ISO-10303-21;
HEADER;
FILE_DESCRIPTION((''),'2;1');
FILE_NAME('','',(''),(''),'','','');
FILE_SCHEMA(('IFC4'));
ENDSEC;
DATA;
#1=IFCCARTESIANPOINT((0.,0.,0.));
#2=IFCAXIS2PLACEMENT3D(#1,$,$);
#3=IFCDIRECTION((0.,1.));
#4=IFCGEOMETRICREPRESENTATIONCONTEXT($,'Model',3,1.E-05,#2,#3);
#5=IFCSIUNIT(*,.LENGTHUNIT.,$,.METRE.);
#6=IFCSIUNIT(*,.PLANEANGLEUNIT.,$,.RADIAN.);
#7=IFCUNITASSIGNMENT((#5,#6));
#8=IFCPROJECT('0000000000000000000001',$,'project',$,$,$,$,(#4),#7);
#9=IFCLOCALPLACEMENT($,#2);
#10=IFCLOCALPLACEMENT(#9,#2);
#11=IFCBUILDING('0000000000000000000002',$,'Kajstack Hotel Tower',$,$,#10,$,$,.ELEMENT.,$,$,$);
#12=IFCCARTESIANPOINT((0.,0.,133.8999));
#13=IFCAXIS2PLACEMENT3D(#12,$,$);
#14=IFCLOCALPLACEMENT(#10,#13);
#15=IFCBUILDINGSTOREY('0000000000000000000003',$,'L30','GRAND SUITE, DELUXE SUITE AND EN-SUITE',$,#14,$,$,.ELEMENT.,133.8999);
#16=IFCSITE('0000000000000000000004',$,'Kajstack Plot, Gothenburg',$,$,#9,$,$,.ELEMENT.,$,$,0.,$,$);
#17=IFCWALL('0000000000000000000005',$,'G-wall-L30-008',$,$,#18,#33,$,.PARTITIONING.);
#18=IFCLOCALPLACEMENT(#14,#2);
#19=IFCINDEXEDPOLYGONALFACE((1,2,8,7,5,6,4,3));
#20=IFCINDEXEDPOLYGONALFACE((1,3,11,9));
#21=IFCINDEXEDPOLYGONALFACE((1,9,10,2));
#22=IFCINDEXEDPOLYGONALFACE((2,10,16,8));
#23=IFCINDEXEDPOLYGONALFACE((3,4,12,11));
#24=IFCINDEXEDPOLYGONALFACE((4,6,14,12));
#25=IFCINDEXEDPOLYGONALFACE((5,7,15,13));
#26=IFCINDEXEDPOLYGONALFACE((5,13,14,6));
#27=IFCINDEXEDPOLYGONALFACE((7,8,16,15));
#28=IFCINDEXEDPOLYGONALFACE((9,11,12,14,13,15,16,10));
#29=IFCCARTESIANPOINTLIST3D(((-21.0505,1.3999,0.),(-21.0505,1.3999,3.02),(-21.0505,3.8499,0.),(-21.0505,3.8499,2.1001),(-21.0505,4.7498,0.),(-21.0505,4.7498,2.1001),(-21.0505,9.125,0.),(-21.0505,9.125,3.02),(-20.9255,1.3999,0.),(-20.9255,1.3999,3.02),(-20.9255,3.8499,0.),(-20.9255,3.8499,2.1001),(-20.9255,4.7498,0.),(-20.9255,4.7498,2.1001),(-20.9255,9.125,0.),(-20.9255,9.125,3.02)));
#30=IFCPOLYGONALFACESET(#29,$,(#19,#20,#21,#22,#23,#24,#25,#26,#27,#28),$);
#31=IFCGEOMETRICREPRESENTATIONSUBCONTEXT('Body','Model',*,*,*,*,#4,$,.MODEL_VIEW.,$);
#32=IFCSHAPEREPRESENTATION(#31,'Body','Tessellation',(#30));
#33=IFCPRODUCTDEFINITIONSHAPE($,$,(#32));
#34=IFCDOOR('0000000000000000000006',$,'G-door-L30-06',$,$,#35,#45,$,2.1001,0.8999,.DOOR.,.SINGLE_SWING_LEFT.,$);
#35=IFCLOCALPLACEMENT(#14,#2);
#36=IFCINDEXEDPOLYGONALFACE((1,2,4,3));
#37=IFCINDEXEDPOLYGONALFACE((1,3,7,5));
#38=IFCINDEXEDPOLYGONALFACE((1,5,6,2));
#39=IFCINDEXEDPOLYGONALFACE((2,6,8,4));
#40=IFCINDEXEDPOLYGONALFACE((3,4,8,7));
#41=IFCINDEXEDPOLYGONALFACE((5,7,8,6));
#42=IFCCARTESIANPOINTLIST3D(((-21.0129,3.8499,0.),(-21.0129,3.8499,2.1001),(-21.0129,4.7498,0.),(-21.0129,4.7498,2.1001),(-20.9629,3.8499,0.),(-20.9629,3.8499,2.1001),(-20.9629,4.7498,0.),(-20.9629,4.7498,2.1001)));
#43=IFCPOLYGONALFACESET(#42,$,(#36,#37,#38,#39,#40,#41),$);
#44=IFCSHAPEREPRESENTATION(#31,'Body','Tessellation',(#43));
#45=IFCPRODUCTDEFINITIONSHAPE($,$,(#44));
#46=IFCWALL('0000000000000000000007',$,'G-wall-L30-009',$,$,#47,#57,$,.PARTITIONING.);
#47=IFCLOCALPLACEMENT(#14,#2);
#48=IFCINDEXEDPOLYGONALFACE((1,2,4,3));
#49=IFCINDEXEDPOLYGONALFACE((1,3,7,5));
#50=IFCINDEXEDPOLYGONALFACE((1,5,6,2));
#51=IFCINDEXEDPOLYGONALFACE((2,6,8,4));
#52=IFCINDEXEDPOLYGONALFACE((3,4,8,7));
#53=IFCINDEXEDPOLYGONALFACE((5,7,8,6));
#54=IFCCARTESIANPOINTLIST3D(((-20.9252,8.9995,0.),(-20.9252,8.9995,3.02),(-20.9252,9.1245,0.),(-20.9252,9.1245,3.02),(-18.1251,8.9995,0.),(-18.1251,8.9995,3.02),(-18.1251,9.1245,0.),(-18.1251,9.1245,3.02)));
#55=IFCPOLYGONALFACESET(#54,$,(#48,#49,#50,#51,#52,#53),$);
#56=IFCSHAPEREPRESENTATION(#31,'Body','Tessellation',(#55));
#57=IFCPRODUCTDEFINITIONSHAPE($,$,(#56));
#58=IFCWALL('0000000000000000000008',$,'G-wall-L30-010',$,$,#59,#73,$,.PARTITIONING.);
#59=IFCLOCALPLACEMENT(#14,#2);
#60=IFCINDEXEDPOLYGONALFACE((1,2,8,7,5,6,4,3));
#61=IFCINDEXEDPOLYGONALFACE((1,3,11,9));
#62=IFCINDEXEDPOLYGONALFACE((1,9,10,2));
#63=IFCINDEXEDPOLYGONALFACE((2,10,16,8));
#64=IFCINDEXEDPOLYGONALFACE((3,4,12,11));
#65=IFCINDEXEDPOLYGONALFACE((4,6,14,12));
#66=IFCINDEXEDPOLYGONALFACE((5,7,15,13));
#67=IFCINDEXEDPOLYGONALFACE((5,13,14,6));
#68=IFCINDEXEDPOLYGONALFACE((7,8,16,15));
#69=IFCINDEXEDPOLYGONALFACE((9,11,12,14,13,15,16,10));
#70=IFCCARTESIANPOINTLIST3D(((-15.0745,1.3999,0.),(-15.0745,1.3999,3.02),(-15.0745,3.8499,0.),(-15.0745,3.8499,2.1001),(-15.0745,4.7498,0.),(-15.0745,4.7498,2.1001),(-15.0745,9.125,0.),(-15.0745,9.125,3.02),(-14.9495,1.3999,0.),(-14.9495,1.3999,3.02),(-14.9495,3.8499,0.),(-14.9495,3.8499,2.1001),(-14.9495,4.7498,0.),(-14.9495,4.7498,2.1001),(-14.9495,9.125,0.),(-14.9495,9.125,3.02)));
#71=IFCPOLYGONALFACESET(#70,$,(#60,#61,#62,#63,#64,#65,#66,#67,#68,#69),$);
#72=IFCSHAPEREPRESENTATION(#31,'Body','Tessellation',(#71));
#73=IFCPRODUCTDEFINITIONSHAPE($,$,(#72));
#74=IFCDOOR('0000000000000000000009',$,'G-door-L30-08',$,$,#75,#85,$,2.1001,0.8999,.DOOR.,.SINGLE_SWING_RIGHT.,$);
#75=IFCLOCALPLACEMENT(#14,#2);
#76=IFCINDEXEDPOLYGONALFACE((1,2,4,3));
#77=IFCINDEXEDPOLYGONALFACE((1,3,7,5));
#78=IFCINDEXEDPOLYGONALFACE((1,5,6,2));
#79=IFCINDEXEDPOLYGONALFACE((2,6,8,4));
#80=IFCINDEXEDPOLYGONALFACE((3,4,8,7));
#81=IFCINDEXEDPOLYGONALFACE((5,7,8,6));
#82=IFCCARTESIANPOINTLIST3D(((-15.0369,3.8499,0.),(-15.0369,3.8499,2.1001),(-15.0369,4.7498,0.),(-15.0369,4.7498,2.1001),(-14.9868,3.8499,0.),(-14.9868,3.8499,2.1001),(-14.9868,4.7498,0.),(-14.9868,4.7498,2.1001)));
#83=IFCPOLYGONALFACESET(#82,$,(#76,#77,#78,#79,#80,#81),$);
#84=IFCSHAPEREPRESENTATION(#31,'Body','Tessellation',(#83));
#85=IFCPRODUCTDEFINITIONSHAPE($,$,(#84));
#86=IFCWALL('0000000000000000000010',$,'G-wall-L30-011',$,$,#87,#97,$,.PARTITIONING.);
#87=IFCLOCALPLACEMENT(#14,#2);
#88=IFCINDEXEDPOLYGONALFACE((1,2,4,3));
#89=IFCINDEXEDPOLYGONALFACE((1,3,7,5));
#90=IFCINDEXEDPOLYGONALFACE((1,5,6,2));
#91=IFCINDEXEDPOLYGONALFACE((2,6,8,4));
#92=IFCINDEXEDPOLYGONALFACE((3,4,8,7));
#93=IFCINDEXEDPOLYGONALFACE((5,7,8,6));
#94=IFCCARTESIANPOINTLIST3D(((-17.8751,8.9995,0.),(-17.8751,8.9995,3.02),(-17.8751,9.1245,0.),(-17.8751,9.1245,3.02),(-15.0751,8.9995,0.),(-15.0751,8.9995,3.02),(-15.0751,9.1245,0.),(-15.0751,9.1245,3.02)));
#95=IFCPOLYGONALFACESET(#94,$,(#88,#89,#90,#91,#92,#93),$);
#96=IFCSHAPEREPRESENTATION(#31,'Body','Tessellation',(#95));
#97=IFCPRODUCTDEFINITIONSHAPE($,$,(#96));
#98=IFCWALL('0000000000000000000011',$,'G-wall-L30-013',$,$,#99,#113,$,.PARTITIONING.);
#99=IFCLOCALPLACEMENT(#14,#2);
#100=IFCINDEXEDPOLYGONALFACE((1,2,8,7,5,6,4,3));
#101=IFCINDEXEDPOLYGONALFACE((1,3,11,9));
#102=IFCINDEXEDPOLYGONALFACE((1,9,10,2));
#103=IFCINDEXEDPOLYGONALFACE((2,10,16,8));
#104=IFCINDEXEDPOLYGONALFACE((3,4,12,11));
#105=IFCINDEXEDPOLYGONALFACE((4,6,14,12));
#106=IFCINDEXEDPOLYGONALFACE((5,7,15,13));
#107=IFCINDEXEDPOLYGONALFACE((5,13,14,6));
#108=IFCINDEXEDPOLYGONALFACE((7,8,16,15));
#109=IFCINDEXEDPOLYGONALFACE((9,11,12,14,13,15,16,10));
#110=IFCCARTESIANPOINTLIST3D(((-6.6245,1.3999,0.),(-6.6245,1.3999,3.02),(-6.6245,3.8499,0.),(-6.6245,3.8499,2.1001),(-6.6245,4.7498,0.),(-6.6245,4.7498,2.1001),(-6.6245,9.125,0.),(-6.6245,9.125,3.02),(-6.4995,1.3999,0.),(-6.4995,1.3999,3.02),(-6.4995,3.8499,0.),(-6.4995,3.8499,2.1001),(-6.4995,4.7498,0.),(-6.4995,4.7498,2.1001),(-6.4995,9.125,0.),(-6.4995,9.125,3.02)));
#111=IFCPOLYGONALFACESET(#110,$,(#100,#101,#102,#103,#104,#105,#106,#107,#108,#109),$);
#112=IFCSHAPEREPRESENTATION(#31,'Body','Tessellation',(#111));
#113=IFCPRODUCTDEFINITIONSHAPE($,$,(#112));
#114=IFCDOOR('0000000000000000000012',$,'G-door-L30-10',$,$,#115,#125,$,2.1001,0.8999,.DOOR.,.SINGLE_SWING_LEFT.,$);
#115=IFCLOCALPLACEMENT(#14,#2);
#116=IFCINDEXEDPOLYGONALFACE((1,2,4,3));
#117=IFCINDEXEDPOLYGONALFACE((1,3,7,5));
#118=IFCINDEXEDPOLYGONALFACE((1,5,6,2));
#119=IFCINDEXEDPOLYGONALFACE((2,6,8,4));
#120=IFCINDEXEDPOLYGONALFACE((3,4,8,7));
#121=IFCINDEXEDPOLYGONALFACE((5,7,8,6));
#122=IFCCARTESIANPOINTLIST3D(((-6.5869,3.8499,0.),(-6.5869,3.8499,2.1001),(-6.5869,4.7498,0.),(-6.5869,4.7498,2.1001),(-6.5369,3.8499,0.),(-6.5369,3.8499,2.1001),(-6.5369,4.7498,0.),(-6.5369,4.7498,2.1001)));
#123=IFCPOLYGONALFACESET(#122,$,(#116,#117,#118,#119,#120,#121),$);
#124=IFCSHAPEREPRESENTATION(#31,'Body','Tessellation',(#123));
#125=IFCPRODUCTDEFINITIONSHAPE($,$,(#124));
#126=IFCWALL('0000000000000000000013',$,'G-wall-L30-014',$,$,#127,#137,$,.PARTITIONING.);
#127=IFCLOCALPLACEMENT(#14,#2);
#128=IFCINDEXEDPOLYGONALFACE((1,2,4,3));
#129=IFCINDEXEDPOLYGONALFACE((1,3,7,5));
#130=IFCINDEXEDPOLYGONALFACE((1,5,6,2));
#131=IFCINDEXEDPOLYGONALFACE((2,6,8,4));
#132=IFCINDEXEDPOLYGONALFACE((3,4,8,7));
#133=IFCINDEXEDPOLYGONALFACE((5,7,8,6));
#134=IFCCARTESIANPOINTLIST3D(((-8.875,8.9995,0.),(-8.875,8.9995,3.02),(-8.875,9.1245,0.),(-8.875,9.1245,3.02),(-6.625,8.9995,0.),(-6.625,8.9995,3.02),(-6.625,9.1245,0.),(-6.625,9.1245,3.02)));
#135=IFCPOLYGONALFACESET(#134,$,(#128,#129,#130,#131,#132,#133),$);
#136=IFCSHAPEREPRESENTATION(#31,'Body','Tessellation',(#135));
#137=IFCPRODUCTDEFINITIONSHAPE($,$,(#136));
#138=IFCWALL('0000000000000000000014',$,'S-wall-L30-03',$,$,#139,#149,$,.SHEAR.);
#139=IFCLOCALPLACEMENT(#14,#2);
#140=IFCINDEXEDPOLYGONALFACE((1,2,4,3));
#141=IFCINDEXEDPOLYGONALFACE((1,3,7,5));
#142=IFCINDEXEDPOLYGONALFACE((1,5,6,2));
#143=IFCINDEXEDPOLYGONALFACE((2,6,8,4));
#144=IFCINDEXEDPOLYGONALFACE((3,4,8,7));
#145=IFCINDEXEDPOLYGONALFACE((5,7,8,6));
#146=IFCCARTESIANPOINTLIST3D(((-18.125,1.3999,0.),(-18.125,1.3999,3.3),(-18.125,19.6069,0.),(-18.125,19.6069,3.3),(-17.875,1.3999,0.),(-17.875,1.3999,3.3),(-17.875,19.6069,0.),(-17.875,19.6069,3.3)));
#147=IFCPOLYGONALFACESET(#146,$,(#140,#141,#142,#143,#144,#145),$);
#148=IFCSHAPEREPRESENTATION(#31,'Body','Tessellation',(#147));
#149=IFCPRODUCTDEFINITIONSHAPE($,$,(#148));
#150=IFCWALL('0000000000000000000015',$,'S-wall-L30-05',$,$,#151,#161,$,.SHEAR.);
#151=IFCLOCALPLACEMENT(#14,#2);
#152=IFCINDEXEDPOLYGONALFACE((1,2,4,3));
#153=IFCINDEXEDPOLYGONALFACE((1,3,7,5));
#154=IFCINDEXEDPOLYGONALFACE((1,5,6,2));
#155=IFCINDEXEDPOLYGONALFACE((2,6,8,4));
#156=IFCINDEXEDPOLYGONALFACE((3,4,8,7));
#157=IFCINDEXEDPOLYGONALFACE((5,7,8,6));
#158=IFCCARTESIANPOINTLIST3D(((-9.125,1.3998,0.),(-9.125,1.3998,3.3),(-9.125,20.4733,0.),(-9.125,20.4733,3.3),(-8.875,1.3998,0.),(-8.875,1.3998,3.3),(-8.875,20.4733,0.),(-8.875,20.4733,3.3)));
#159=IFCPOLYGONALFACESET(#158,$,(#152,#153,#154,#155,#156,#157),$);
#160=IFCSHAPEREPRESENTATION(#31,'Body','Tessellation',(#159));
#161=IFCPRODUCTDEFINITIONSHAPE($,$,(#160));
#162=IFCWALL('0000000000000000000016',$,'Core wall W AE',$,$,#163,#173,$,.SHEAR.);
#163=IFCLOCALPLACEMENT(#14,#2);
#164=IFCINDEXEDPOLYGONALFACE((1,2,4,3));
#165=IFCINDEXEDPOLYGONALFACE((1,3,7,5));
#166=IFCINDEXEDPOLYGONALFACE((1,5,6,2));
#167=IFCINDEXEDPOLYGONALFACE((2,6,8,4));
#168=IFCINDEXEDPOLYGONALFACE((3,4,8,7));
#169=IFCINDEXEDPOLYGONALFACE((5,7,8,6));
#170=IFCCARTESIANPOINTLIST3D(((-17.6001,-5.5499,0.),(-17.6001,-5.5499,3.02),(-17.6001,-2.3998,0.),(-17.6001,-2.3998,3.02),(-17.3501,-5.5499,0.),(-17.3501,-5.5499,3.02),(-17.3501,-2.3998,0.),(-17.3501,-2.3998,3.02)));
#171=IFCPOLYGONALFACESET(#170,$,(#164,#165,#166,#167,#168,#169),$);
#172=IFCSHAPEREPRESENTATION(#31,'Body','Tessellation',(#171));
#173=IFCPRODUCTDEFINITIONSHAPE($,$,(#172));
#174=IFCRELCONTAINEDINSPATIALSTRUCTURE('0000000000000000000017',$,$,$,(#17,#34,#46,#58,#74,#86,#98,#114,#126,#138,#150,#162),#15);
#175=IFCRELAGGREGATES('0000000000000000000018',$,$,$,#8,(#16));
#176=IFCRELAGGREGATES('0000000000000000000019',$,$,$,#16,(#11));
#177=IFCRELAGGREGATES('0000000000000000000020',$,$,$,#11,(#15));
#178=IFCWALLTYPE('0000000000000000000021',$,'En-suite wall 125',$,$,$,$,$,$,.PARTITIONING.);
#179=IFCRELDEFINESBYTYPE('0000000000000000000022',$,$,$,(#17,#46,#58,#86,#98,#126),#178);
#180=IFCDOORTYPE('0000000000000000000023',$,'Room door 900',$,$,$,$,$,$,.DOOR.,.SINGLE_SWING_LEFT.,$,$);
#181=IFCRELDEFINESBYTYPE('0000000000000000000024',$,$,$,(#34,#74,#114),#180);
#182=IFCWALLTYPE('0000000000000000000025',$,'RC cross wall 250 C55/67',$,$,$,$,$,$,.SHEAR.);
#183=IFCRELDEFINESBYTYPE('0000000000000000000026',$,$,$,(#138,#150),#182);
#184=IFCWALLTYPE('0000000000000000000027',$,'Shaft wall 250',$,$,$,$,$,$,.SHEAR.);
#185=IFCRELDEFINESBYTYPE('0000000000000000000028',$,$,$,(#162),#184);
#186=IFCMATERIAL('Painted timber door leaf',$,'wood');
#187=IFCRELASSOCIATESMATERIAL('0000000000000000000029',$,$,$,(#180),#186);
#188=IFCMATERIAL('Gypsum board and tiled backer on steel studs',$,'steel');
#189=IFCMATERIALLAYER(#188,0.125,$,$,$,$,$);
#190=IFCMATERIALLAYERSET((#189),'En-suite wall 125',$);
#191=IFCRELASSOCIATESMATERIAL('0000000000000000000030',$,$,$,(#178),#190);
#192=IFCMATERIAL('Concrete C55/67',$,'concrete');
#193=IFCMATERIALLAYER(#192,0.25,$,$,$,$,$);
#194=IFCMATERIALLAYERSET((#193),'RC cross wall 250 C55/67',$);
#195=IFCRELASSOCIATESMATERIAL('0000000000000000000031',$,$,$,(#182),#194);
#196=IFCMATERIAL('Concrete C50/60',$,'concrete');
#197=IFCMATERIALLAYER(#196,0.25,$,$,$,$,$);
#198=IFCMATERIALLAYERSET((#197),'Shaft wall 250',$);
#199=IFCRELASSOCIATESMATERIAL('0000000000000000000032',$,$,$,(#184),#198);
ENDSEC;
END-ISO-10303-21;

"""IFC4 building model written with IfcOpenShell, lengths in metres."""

from ifc_helpers import new_model, si_unit, direction, frame, frame_2d, origin, place, context, subcontext, project, spatial, rectangle, extrude, material, layer, layer_set, type_object, element, fill, save


model = new_model("IFC4")

# Units and contexts
model_context = context("Model", 3, precision=1e-05, world=origin(), true_north=direction((0.0, 1.0)))
body_context = subcontext(model_context, "Body", "Model", "MODEL_VIEW")
ifc_project = project(units=[si_unit("LENGTHUNIT", "METRE"), si_unit("PLANEANGLEUNIT", "RADIAN")], contexts=[model_context])

# Site, building, storey
site_placement = place(None, origin())
site = spatial("IfcSite", under=ifc_project, at=site_placement, Name="Kajstack Plot, Gothenburg", CompositionType="ELEMENT", RefElevation=0.0)
building_placement = place(site_placement, origin())
building = spatial("IfcBuilding", under=site, at=building_placement, Name="Kajstack Hotel Tower", CompositionType="ELEMENT")
storey_placement = place(building_placement, frame((0.0, 0.0, 133.8999)))
storey = spatial("IfcBuildingStorey", under=building, at=storey_placement, Name="L30", Description="GRAND SUITE, DELUXE SUITE AND EN-SUITE", CompositionType="ELEMENT", Elevation=133.8999)

# Shared definitions
ifc_material_1 = material(Name="Painted timber door leaf", Category="wood")
door_type_1 = type_object("IfcDoorType", Name="Room door 900", OperationType="SINGLE_SWING_LEFT", PredefinedType="DOOR", material=ifc_material_1)

# Wall, opening, door
ifc_material_2 = material(Name="Gypsum board and tiled backer on steel studs", Category="steel")
ifc_layer_1 = layer(ifc_material_2, 0.125)
ifc_layer_set_1 = layer_set([ifc_layer_1], Name="En-suite wall 125")
wall_type_1 = type_object("IfcWallType", Name="En-suite wall 125", PredefinedType="PARTITIONING", material=ifc_layer_set_1)
wall_1_placement = place(storey_placement, frame((-20.988, 1.3999, 0.0), z_axis=(0.0, 0.0, 1.0), x_axis=(0.0, 1.0, 0.0)))
wall_1 = element("IfcWall", 1, at=wall_1_placement, inside=storey, type_object=wall_type_1, Name="G-wall-L30-008", PredefinedType="PARTITIONING", context=body_context, shape_type="SweptSolid", body=[
    extrude(rectangle(XDim=7.7251, YDim=0.125, at=frame_2d((3.8625, 0.0))), origin(), (0.0, 0.0, 1.0), 3.02),
])
opening_1_placement = place(wall_1_placement, frame((2.45, 0.0, 0.0)))
opening_1 = element("IfcOpeningElement", 2, at=opening_1_placement, cuts=wall_1, PredefinedType="OPENING", context=body_context, shape_type="SweptSolid", body=[
    extrude(rectangle(XDim=0.8999, YDim=2.1001, at=frame_2d((0.45, 1.05))), frame((0.0, 0.0725, 0.0), z_axis=(0.0, -1.0, 0.0), x_axis=(1.0, 0.0, 0.0)), (0.0, 0.0, 1.0), 0.145),
])
door_1_placement = place(opening_1_placement, origin())
door_1 = element("IfcDoor", 3, at=door_1_placement, inside=storey, type_object=door_type_1, Name="G-door-L30-06", OperationType="SINGLE_SWING_LEFT", OverallHeight=2.1001, OverallWidth=0.8999, PredefinedType="DOOR", context=body_context, shape_type="SweptSolid", body=[
    extrude(rectangle(XDim=0.8999, YDim=2.1001, at=frame_2d((0.45, 1.05))), frame((0.0, 0.0249, 0.0), z_axis=(0.0, -1.0, 0.0), x_axis=(1.0, 0.0, 0.0)), (0.0, 0.0, 1.0), 0.05),
])
fill(opening_1, door_1)

# Wall
wall_2_placement = place(storey_placement, frame((-20.925, 9.062, 0.0), z_axis=(0.0, 0.0, 1.0), x_axis=(1.0, 0.0, 0.0)))
element("IfcWall", 4, at=wall_2_placement, inside=storey, type_object=wall_type_1, Name="G-wall-L30-009", PredefinedType="PARTITIONING", context=body_context, shape_type="SweptSolid", body=[
    extrude(rectangle(XDim=2.8, YDim=0.125, at=frame_2d((1.3999, 0.0))), origin(), (0.0, 0.0, 1.0), 3.02),
])

# Wall, opening, door
wall_3_placement = place(storey_placement, frame((-15.012, 1.3999, 0.0), z_axis=(0.0, 0.0, 1.0), x_axis=(0.0, 1.0, 0.0)))
wall_3 = element("IfcWall", 5, at=wall_3_placement, inside=storey, type_object=wall_type_1, Name="G-wall-L30-010", PredefinedType="PARTITIONING", context=body_context, shape_type="SweptSolid", body=[
    extrude(rectangle(XDim=7.7251, YDim=0.125, at=frame_2d((3.8625, 0.0))), origin(), (0.0, 0.0, 1.0), 3.02),
])
opening_2_placement = place(wall_3_placement, frame((2.45, 0.0, 0.0)))
opening_2 = element("IfcOpeningElement", 6, at=opening_2_placement, cuts=wall_3, PredefinedType="OPENING", context=body_context, shape_type="SweptSolid", body=[
    extrude(rectangle(XDim=0.8999, YDim=2.1001, at=frame_2d((0.45, 1.05))), frame((0.0, 0.0725, 0.0), z_axis=(0.0, -1.0, 0.0), x_axis=(1.0, 0.0, 0.0)), (0.0, 0.0, 1.0), 0.145),
])
door_2_placement = place(opening_2_placement, origin())
door_2 = element("IfcDoor", 7, at=door_2_placement, inside=storey, type_object=door_type_1, Name="G-door-L30-08", OperationType="SINGLE_SWING_RIGHT", OverallHeight=2.1001, OverallWidth=0.8999, PredefinedType="DOOR", context=body_context, shape_type="SweptSolid", body=[
    extrude(rectangle(XDim=0.8999, YDim=2.1001, at=frame_2d((0.45, 1.05))), frame((0.0, 0.0249, 0.0), z_axis=(0.0, -1.0, 0.0), x_axis=(1.0, 0.0, 0.0)), (0.0, 0.0, 1.0), 0.05),
])
fill(opening_2, door_2)

# Wall
wall_4_placement = place(storey_placement, frame((-17.875, 9.062, 0.0), z_axis=(0.0, 0.0, 1.0), x_axis=(1.0, 0.0, 0.0)))
element("IfcWall", 8, at=wall_4_placement, inside=storey, type_object=wall_type_1, Name="G-wall-L30-011", PredefinedType="PARTITIONING", context=body_context, shape_type="SweptSolid", body=[
    extrude(rectangle(XDim=2.8, YDim=0.125, at=frame_2d((1.3999, 0.0))), origin(), (0.0, 0.0, 1.0), 3.02),
])

# Wall, opening, door
wall_5_placement = place(storey_placement, frame((-6.562, 1.3999, 0.0), z_axis=(0.0, 0.0, 1.0), x_axis=(0.0, 1.0, 0.0)))
wall_5 = element("IfcWall", 9, at=wall_5_placement, inside=storey, type_object=wall_type_1, Name="G-wall-L30-013", PredefinedType="PARTITIONING", context=body_context, shape_type="SweptSolid", body=[
    extrude(rectangle(XDim=7.7251, YDim=0.125, at=frame_2d((3.8625, 0.0))), origin(), (0.0, 0.0, 1.0), 3.02),
])
opening_3_placement = place(wall_5_placement, frame((2.45, 0.0, 0.0)))
opening_3 = element("IfcOpeningElement", 10, at=opening_3_placement, cuts=wall_5, PredefinedType="OPENING", context=body_context, shape_type="SweptSolid", body=[
    extrude(rectangle(XDim=0.8999, YDim=2.1001, at=frame_2d((0.45, 1.05))), frame((0.0, 0.0725, 0.0), z_axis=(0.0, -1.0, 0.0), x_axis=(1.0, 0.0, 0.0)), (0.0, 0.0, 1.0), 0.145),
])
door_3_placement = place(opening_3_placement, origin())
door_3 = element("IfcDoor", 11, at=door_3_placement, inside=storey, type_object=door_type_1, Name="G-door-L30-10", OperationType="SINGLE_SWING_LEFT", OverallHeight=2.1001, OverallWidth=0.8999, PredefinedType="DOOR", context=body_context, shape_type="SweptSolid", body=[
    extrude(rectangle(XDim=0.8999, YDim=2.1001, at=frame_2d((0.45, 1.05))), frame((0.0, 0.0249, 0.0), z_axis=(0.0, -1.0, 0.0), x_axis=(1.0, 0.0, 0.0)), (0.0, 0.0, 1.0), 0.05),
])
fill(opening_3, door_3)

# Walls
wall_6_placement = place(storey_placement, frame((-8.875, 9.062, 0.0), z_axis=(0.0, 0.0, 1.0), x_axis=(1.0, 0.0, 0.0)))
element("IfcWall", 12, at=wall_6_placement, inside=storey, type_object=wall_type_1, Name="G-wall-L30-014", PredefinedType="PARTITIONING", context=body_context, shape_type="SweptSolid", body=[
    extrude(rectangle(XDim=2.25, YDim=0.125, at=frame_2d((1.125, 0.0))), origin(), (0.0, 0.0, 1.0), 3.02),
])
ifc_material_3 = material(Name="Concrete C55/67", Category="concrete")
ifc_layer_2 = layer(ifc_material_3, 0.25)
ifc_layer_set_2 = layer_set([ifc_layer_2], Name="RC cross wall 250 C55/67")
wall_type_2 = type_object("IfcWallType", Name="RC cross wall 250 C55/67", PredefinedType="SHEAR", material=ifc_layer_set_2)
wall_7_placement = place(storey_placement, frame((-18.0, 1.3999, 0.0), z_axis=(0.0, 0.0, 1.0), x_axis=(0.0, 1.0, 0.0)))
element("IfcWall", 13, at=wall_7_placement, inside=storey, type_object=wall_type_2, Name="S-wall-L30-03", PredefinedType="SHEAR", context=body_context, shape_type="SweptSolid", body=[
    extrude(rectangle(XDim=18.207, YDim=0.25, at=frame_2d((9.1035, 0.0))), origin(), (0.0, 0.0, 1.0), 3.3),
])
wall_8_placement = place(storey_placement, frame((-9.0, 1.3999, 0.0), z_axis=(0.0, 0.0, 1.0), x_axis=(0.0, 1.0, 0.0)))
element("IfcWall", 14, at=wall_8_placement, inside=storey, type_object=wall_type_2, Name="S-wall-L30-05", PredefinedType="SHEAR", context=body_context, shape_type="SweptSolid", body=[
    extrude(rectangle(XDim=19.0735, YDim=0.25, at=frame_2d((9.5366, 0.0))), origin(), (0.0, 0.0, 1.0), 3.3),
])
ifc_material_4 = material(Name="Concrete C50/60", Category="concrete")
ifc_layer_3 = layer(ifc_material_4, 0.25)
ifc_layer_set_3 = layer_set([ifc_layer_3], Name="Shaft wall 250")
wall_type_3 = type_object("IfcWallType", Name="Shaft wall 250", PredefinedType="SHEAR", material=ifc_layer_set_3)
wall_9_placement = place(storey_placement, frame((-17.4751, -5.55, 0.0), z_axis=(0.0, 0.0, 1.0), x_axis=(0.0, 1.0, 0.0)))
element("IfcWall", 15, at=wall_9_placement, inside=storey, type_object=wall_type_3, Name="Core wall W AE", PredefinedType="SHEAR", context=body_context, shape_type="SweptSolid", body=[
    extrude(rectangle(XDim=3.1501, YDim=0.25, at=frame_2d((1.5752, 0.0))), origin(), (0.0, 0.0, 1.0), 3.02),
])

save(model, "model.ifc")
